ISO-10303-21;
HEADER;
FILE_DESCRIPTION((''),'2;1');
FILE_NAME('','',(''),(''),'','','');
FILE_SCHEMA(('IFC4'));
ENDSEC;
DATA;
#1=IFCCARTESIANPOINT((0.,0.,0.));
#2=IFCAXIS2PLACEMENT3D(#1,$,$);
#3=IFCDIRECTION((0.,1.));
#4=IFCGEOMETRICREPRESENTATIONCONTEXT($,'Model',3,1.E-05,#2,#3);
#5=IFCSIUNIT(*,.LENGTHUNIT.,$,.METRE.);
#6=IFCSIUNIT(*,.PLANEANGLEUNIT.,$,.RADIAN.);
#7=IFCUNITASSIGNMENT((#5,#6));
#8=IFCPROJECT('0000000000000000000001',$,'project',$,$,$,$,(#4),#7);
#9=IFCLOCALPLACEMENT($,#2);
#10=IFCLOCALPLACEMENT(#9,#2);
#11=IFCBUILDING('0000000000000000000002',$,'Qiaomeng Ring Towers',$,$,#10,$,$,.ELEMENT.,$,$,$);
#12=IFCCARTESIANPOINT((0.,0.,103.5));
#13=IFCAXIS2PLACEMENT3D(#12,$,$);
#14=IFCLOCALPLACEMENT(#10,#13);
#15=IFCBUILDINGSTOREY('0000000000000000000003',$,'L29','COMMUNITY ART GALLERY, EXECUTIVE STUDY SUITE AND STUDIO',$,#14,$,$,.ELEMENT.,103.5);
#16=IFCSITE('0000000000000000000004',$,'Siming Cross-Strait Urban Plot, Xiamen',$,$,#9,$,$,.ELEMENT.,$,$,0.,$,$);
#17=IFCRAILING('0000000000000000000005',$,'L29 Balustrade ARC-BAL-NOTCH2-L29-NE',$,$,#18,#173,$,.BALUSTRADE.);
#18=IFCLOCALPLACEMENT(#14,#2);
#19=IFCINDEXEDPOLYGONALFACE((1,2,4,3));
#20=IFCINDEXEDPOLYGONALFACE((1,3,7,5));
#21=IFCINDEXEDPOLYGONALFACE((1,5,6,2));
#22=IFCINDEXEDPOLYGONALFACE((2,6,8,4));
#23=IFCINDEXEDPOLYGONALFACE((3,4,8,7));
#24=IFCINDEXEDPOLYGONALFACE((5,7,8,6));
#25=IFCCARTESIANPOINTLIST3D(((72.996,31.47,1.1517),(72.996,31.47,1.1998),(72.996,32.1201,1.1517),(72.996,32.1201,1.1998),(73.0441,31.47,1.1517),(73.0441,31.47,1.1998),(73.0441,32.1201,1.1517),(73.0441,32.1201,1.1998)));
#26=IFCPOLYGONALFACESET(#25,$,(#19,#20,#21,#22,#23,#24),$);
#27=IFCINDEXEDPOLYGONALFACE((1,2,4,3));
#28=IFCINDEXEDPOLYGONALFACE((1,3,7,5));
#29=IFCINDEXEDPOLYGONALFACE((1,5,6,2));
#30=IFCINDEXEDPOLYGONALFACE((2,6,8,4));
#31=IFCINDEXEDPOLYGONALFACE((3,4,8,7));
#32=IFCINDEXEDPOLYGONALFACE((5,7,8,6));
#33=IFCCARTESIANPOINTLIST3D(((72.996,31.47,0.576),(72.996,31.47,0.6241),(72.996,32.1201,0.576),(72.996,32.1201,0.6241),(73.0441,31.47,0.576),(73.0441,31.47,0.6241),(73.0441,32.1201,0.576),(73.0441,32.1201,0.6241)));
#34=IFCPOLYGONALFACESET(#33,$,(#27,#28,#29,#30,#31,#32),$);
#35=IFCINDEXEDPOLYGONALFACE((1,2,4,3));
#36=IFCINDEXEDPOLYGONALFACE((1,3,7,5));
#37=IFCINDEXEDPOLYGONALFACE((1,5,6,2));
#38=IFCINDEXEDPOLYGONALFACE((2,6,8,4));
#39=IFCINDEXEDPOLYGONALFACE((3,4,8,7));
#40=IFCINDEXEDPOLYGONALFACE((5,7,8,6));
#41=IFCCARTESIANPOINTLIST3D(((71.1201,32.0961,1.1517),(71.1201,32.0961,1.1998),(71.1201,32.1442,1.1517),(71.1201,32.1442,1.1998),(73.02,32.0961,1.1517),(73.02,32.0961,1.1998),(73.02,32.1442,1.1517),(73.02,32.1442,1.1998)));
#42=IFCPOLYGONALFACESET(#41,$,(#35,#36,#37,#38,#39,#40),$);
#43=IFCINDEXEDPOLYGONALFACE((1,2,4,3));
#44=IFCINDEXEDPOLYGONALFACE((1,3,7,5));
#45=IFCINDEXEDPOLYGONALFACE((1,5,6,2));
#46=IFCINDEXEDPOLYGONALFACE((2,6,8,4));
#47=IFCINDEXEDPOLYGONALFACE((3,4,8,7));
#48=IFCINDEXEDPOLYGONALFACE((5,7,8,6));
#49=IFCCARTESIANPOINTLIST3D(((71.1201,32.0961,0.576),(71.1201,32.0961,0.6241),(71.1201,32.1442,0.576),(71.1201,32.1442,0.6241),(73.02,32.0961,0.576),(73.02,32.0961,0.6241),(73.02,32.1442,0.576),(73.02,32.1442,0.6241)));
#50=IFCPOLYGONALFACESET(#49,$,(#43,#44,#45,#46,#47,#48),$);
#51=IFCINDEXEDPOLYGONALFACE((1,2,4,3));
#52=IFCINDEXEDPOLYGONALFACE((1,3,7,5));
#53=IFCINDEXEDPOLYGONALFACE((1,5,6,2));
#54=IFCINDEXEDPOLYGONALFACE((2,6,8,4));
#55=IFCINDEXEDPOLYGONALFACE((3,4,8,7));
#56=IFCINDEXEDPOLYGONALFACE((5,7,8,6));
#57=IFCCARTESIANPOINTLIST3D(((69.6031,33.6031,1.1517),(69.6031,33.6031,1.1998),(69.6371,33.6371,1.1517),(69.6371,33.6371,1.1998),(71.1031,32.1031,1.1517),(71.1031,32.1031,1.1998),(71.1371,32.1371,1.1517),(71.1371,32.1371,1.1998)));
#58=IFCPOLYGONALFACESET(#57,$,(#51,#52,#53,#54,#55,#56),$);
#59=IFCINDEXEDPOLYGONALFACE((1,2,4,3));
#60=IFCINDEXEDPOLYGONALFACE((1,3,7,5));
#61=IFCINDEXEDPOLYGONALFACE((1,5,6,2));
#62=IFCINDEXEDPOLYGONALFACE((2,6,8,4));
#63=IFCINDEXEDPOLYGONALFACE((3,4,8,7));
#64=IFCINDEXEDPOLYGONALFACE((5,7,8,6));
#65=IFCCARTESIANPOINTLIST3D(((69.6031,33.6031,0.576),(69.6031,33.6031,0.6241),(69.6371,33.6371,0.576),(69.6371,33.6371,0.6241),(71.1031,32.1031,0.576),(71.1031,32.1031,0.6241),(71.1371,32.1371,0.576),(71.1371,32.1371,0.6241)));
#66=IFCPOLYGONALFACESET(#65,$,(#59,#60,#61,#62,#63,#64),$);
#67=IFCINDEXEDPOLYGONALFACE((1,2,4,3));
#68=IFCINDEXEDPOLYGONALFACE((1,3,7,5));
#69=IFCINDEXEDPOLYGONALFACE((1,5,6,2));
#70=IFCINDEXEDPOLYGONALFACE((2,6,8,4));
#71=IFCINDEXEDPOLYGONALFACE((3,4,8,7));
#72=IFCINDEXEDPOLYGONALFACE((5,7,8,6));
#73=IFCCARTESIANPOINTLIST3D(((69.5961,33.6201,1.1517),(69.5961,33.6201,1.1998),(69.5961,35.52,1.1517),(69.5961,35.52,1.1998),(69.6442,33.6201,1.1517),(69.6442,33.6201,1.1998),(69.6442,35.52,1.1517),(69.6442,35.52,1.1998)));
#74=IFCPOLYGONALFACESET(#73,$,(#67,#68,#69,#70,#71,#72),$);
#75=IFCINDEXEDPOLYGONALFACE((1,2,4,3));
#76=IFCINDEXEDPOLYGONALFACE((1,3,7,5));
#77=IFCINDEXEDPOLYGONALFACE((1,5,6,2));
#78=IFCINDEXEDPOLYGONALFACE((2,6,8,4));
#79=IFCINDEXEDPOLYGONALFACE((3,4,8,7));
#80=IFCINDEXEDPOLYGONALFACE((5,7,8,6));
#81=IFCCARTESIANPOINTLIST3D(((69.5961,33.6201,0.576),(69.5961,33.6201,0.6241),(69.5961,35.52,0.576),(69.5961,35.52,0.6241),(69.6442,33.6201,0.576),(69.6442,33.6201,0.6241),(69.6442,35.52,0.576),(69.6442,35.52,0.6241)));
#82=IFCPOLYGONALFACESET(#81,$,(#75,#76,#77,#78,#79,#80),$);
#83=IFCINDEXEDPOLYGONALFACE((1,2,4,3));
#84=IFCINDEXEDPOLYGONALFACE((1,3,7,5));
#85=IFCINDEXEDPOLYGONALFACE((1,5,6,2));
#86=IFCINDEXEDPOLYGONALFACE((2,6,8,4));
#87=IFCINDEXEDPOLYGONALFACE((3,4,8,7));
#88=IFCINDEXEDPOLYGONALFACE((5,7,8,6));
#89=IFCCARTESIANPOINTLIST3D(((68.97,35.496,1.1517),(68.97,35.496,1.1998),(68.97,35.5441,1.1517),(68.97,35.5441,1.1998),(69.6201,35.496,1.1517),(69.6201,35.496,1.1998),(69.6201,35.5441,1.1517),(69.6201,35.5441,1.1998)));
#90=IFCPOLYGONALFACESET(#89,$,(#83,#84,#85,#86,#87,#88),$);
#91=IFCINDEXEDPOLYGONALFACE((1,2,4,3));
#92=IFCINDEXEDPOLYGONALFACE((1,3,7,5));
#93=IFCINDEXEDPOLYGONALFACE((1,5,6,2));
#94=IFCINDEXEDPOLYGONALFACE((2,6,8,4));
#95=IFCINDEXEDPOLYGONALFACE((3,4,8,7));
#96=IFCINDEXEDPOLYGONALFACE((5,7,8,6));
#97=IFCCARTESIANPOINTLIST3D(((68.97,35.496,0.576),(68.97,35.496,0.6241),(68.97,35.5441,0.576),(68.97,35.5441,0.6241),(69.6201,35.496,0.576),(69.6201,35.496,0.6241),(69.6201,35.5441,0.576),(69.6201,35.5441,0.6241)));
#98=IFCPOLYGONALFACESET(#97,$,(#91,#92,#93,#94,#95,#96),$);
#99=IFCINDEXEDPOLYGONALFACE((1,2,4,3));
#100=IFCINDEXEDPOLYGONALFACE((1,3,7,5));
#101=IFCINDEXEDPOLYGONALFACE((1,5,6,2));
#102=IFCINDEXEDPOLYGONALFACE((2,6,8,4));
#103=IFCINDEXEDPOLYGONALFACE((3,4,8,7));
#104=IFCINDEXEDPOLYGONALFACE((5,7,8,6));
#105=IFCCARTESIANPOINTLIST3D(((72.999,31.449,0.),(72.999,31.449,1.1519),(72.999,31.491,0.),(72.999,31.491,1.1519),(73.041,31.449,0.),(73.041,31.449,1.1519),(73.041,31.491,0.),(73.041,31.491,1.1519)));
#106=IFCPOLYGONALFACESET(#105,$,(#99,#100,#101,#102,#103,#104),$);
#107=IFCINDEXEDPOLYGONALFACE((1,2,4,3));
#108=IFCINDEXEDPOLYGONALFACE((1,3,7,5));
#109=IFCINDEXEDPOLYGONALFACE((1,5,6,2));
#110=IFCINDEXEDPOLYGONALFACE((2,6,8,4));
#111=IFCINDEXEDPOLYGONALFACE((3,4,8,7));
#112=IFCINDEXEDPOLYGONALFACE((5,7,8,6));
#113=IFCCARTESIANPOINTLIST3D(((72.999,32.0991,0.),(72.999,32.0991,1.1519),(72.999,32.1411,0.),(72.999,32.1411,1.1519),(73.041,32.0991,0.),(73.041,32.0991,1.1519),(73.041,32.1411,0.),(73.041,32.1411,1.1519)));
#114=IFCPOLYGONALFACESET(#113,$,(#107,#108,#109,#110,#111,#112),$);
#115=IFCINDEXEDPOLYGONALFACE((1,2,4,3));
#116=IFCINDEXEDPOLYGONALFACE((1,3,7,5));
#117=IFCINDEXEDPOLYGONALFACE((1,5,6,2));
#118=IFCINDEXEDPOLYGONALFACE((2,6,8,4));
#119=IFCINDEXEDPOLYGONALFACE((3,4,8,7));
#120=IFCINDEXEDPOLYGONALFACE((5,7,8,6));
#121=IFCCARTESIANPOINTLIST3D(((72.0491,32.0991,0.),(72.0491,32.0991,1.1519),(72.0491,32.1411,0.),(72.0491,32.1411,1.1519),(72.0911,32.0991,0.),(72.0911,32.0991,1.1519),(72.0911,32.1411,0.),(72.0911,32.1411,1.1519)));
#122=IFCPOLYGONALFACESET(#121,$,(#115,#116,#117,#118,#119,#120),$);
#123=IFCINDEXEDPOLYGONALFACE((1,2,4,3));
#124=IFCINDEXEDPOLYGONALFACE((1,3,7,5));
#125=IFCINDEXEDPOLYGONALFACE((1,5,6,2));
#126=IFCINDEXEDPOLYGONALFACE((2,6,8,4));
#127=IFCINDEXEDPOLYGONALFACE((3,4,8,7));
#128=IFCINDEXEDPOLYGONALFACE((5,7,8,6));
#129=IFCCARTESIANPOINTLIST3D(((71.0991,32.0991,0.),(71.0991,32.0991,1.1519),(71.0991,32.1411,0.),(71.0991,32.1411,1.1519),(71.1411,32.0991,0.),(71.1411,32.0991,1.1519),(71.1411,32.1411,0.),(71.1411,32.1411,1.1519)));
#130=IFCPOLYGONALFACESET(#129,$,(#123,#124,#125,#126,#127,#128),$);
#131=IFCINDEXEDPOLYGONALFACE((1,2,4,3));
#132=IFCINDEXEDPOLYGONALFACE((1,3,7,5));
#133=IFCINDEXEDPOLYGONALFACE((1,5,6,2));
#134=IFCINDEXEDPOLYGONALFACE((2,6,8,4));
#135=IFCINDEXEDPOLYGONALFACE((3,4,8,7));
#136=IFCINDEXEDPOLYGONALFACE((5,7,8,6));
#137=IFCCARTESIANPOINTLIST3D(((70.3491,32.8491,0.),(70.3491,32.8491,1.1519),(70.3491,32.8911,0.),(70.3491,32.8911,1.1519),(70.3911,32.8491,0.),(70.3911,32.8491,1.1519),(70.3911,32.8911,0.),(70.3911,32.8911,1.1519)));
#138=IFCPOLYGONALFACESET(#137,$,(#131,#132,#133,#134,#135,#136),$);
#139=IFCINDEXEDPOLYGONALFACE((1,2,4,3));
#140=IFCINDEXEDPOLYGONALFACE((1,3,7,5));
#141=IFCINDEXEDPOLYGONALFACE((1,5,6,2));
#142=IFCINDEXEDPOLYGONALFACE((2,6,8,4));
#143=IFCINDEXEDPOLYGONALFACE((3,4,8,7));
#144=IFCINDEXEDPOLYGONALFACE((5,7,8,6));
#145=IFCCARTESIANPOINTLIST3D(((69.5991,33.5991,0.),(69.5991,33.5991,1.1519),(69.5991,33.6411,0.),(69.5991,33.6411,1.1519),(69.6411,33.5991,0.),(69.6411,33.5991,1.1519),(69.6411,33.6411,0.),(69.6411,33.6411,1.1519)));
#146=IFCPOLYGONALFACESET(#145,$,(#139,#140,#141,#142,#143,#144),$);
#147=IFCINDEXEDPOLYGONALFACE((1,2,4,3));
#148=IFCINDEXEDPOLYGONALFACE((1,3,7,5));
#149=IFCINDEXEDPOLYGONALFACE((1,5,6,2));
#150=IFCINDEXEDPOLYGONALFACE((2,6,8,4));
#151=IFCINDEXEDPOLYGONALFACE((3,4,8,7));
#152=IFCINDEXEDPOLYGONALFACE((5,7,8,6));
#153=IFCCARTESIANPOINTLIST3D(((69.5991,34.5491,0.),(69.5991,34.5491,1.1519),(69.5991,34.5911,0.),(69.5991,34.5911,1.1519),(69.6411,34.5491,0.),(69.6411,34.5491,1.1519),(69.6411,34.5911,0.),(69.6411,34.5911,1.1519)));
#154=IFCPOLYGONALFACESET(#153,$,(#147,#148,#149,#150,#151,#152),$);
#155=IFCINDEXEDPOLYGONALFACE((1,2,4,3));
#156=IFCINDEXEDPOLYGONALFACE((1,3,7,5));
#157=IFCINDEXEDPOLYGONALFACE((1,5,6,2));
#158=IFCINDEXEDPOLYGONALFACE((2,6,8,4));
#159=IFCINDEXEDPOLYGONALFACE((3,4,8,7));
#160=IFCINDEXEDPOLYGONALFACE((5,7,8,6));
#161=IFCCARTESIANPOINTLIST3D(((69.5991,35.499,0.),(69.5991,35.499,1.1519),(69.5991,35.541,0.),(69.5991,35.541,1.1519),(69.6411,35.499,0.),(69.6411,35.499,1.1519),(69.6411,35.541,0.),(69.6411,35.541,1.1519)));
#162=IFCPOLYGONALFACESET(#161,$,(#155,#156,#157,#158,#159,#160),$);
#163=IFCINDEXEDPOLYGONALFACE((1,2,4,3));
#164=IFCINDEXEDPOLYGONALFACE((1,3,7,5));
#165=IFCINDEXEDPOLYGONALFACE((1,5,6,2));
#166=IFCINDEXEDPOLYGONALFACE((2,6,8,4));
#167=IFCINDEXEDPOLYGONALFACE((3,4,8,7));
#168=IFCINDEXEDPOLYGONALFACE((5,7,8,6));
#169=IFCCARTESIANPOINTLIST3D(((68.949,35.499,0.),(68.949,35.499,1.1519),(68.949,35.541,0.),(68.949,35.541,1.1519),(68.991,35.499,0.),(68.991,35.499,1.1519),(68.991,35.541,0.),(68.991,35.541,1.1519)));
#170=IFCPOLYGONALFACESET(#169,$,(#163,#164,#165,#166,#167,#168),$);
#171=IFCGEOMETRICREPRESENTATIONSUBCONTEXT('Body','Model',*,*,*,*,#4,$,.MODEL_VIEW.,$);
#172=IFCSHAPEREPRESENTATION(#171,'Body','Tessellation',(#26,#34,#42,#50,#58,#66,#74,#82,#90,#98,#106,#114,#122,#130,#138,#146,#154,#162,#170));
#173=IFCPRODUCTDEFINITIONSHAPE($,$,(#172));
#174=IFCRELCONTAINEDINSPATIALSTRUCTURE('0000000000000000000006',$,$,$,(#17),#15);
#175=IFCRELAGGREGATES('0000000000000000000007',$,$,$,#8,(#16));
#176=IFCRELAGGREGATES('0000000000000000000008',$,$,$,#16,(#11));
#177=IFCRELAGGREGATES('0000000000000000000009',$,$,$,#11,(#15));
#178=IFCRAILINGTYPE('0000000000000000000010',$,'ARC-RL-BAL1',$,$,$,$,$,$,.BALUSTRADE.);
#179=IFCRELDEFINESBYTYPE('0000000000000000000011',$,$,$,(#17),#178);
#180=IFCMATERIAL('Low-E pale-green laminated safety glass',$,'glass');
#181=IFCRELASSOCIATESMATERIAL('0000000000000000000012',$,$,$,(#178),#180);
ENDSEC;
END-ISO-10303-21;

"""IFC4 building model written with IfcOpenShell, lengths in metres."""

from ifc_helpers import new_model, si_unit, direction, frame, origin, origin_2d, place, context, subcontext, project, spatial, rectangle, extrude, material, type_object, element, save


model = new_model("IFC4")

# Units and contexts
model_context = context("Model", 3, precision=1e-05, world=origin(), true_north=direction((0.0, 1.0)))
body_context = subcontext(model_context, "Body", "Model", "MODEL_VIEW")
ifc_project = project(units=[si_unit("LENGTHUNIT", "METRE"), si_unit("PLANEANGLEUNIT", "RADIAN")], contexts=[model_context])

# Site, building, storey
site_placement = place(None, origin())
site = spatial("IfcSite", under=ifc_project, at=site_placement, Name="Siming Cross-Strait Urban Plot, Xiamen", CompositionType="ELEMENT", RefElevation=0.0)
building_placement = place(site_placement, origin())
building = spatial("IfcBuilding", under=site, at=building_placement, Name="Qiaomeng Ring Towers", CompositionType="ELEMENT")
storey_placement = place(building_placement, frame((0.0, 0.0, 103.5)))
storey = spatial("IfcBuildingStorey", under=building, at=storey_placement, Name="L29", Description="COMMUNITY ART GALLERY, EXECUTIVE STUDY SUITE AND STUDIO", CompositionType="ELEMENT", Elevation=103.5)

# Railing
ifc_material_1 = material(Name="Low-E pale-green laminated safety glass", Category="glass")
railing_type = type_object("IfcRailingType", Name="ARC-RL-BAL1", PredefinedType="BALUSTRADE", material=ifc_material_1)
railing_1_placement = place(storey_placement, frame((73.02, 31.47, 0.0)))
element("IfcRailing", 1, at=railing_1_placement, inside=storey, type_object=railing_type, Name="L29 Balustrade ARC-BAL-NOTCH2-L29-NE", PredefinedType="BALUSTRADE", context=body_context, shape_type="SweptSolid", body=[
    extrude(rectangle(XDim=0.0481, YDim=0.0481, at=origin_2d()), frame((0.0, 0.0, 1.1758), z_axis=(0.0, 1.0, 0.0), x_axis=(-1.0, 0.0, 0.0)), (0.0, 0.0, 1.0), 0.6501),
    extrude(rectangle(XDim=0.0481, YDim=0.0481, at=origin_2d()), frame((0.0, 0.0, 0.6001), z_axis=(0.0, 1.0, 0.0), x_axis=(-1.0, 0.0, 0.0)), (0.0, 0.0, 1.0), 0.6501),
    extrude(rectangle(XDim=0.0481, YDim=0.0481, at=origin_2d()), frame((0.0, 0.6501, 1.1758), z_axis=(-1.0, 0.0, 0.0), x_axis=(0.0, -1.0, 0.0)), (0.0, 0.0, 1.0), 1.8999),
    extrude(rectangle(XDim=0.0481, YDim=0.0481, at=origin_2d()), frame((0.0, 0.6501, 0.6001), z_axis=(-1.0, 0.0, 0.0), x_axis=(0.0, -1.0, 0.0)), (0.0, 0.0, 1.0), 1.8999),
    extrude(rectangle(XDim=0.0481, YDim=0.0481, at=origin_2d()), frame((-1.8999, 0.6501, 1.1758), z_axis=(-0.707107, 0.707107, 0.0), x_axis=(-0.707107, -0.707107, 0.0)), (0.0, 0.0, 1.0), 2.1213),
    extrude(rectangle(XDim=0.0481, YDim=0.0481, at=origin_2d()), frame((-1.8999, 0.6501, 0.6001), z_axis=(-0.707107, 0.707107, 0.0), x_axis=(-0.707107, -0.707107, 0.0)), (0.0, 0.0, 1.0), 2.1213),
    extrude(rectangle(XDim=0.0481, YDim=0.0481, at=origin_2d()), frame((-3.3999, 2.1501, 1.1758), z_axis=(0.0, 1.0, 0.0), x_axis=(-1.0, 0.0, 0.0)), (0.0, 0.0, 1.0), 1.8999),
    extrude(rectangle(XDim=0.0481, YDim=0.0481, at=origin_2d()), frame((-3.3999, 2.1501, 0.6001), z_axis=(0.0, 1.0, 0.0), x_axis=(-1.0, 0.0, 0.0)), (0.0, 0.0, 1.0), 1.8999),
    extrude(rectangle(XDim=0.0481, YDim=0.0481, at=origin_2d()), frame((-3.3999, 4.05, 1.1758), z_axis=(-1.0, 0.0, 0.0), x_axis=(0.0, -1.0, 0.0)), (0.0, 0.0, 1.0), 0.6501),
    extrude(rectangle(XDim=0.0481, YDim=0.0481, at=origin_2d()), frame((-3.3999, 4.05, 0.6001), z_axis=(-1.0, 0.0, 0.0), x_axis=(0.0, -1.0, 0.0)), (0.0, 0.0, 1.0), 0.6501),
    extrude(rectangle(XDim=0.042, YDim=0.042, at=origin_2d()), origin(), (0.0, 0.0, 1.0), 1.1519),
    extrude(rectangle(XDim=0.042, YDim=0.042, at=origin_2d()), frame((0.0, 0.6501, 0.0)), (0.0, 0.0, 1.0), 1.1519),
    extrude(rectangle(XDim=0.042, YDim=0.042, at=origin_2d()), frame((-0.95, 0.6501, 0.0)), (0.0, 0.0, 1.0), 1.1519),
    extrude(rectangle(XDim=0.042, YDim=0.042, at=origin_2d()), frame((-1.8999, 0.6501, 0.0)), (0.0, 0.0, 1.0), 1.1519),
    extrude(rectangle(XDim=0.042, YDim=0.042, at=origin_2d()), frame((-2.6499, 1.4001, 0.0)), (0.0, 0.0, 1.0), 1.1519),
    extrude(rectangle(XDim=0.042, YDim=0.042, at=origin_2d()), frame((-3.3999, 2.1501, 0.0)), (0.0, 0.0, 1.0), 1.1519),
    extrude(rectangle(XDim=0.042, YDim=0.042, at=origin_2d()), frame((-3.3999, 3.1001, 0.0)), (0.0, 0.0, 1.0), 1.1519),
    extrude(rectangle(XDim=0.042, YDim=0.042, at=origin_2d()), frame((-3.3999, 4.05, 0.0)), (0.0, 0.0, 1.0), 1.1519),
    extrude(rectangle(XDim=0.042, YDim=0.042, at=origin_2d()), frame((-4.05, 4.05, 0.0)), (0.0, 0.0, 1.0), 1.1519),
])

save(model, "model.ifc")
